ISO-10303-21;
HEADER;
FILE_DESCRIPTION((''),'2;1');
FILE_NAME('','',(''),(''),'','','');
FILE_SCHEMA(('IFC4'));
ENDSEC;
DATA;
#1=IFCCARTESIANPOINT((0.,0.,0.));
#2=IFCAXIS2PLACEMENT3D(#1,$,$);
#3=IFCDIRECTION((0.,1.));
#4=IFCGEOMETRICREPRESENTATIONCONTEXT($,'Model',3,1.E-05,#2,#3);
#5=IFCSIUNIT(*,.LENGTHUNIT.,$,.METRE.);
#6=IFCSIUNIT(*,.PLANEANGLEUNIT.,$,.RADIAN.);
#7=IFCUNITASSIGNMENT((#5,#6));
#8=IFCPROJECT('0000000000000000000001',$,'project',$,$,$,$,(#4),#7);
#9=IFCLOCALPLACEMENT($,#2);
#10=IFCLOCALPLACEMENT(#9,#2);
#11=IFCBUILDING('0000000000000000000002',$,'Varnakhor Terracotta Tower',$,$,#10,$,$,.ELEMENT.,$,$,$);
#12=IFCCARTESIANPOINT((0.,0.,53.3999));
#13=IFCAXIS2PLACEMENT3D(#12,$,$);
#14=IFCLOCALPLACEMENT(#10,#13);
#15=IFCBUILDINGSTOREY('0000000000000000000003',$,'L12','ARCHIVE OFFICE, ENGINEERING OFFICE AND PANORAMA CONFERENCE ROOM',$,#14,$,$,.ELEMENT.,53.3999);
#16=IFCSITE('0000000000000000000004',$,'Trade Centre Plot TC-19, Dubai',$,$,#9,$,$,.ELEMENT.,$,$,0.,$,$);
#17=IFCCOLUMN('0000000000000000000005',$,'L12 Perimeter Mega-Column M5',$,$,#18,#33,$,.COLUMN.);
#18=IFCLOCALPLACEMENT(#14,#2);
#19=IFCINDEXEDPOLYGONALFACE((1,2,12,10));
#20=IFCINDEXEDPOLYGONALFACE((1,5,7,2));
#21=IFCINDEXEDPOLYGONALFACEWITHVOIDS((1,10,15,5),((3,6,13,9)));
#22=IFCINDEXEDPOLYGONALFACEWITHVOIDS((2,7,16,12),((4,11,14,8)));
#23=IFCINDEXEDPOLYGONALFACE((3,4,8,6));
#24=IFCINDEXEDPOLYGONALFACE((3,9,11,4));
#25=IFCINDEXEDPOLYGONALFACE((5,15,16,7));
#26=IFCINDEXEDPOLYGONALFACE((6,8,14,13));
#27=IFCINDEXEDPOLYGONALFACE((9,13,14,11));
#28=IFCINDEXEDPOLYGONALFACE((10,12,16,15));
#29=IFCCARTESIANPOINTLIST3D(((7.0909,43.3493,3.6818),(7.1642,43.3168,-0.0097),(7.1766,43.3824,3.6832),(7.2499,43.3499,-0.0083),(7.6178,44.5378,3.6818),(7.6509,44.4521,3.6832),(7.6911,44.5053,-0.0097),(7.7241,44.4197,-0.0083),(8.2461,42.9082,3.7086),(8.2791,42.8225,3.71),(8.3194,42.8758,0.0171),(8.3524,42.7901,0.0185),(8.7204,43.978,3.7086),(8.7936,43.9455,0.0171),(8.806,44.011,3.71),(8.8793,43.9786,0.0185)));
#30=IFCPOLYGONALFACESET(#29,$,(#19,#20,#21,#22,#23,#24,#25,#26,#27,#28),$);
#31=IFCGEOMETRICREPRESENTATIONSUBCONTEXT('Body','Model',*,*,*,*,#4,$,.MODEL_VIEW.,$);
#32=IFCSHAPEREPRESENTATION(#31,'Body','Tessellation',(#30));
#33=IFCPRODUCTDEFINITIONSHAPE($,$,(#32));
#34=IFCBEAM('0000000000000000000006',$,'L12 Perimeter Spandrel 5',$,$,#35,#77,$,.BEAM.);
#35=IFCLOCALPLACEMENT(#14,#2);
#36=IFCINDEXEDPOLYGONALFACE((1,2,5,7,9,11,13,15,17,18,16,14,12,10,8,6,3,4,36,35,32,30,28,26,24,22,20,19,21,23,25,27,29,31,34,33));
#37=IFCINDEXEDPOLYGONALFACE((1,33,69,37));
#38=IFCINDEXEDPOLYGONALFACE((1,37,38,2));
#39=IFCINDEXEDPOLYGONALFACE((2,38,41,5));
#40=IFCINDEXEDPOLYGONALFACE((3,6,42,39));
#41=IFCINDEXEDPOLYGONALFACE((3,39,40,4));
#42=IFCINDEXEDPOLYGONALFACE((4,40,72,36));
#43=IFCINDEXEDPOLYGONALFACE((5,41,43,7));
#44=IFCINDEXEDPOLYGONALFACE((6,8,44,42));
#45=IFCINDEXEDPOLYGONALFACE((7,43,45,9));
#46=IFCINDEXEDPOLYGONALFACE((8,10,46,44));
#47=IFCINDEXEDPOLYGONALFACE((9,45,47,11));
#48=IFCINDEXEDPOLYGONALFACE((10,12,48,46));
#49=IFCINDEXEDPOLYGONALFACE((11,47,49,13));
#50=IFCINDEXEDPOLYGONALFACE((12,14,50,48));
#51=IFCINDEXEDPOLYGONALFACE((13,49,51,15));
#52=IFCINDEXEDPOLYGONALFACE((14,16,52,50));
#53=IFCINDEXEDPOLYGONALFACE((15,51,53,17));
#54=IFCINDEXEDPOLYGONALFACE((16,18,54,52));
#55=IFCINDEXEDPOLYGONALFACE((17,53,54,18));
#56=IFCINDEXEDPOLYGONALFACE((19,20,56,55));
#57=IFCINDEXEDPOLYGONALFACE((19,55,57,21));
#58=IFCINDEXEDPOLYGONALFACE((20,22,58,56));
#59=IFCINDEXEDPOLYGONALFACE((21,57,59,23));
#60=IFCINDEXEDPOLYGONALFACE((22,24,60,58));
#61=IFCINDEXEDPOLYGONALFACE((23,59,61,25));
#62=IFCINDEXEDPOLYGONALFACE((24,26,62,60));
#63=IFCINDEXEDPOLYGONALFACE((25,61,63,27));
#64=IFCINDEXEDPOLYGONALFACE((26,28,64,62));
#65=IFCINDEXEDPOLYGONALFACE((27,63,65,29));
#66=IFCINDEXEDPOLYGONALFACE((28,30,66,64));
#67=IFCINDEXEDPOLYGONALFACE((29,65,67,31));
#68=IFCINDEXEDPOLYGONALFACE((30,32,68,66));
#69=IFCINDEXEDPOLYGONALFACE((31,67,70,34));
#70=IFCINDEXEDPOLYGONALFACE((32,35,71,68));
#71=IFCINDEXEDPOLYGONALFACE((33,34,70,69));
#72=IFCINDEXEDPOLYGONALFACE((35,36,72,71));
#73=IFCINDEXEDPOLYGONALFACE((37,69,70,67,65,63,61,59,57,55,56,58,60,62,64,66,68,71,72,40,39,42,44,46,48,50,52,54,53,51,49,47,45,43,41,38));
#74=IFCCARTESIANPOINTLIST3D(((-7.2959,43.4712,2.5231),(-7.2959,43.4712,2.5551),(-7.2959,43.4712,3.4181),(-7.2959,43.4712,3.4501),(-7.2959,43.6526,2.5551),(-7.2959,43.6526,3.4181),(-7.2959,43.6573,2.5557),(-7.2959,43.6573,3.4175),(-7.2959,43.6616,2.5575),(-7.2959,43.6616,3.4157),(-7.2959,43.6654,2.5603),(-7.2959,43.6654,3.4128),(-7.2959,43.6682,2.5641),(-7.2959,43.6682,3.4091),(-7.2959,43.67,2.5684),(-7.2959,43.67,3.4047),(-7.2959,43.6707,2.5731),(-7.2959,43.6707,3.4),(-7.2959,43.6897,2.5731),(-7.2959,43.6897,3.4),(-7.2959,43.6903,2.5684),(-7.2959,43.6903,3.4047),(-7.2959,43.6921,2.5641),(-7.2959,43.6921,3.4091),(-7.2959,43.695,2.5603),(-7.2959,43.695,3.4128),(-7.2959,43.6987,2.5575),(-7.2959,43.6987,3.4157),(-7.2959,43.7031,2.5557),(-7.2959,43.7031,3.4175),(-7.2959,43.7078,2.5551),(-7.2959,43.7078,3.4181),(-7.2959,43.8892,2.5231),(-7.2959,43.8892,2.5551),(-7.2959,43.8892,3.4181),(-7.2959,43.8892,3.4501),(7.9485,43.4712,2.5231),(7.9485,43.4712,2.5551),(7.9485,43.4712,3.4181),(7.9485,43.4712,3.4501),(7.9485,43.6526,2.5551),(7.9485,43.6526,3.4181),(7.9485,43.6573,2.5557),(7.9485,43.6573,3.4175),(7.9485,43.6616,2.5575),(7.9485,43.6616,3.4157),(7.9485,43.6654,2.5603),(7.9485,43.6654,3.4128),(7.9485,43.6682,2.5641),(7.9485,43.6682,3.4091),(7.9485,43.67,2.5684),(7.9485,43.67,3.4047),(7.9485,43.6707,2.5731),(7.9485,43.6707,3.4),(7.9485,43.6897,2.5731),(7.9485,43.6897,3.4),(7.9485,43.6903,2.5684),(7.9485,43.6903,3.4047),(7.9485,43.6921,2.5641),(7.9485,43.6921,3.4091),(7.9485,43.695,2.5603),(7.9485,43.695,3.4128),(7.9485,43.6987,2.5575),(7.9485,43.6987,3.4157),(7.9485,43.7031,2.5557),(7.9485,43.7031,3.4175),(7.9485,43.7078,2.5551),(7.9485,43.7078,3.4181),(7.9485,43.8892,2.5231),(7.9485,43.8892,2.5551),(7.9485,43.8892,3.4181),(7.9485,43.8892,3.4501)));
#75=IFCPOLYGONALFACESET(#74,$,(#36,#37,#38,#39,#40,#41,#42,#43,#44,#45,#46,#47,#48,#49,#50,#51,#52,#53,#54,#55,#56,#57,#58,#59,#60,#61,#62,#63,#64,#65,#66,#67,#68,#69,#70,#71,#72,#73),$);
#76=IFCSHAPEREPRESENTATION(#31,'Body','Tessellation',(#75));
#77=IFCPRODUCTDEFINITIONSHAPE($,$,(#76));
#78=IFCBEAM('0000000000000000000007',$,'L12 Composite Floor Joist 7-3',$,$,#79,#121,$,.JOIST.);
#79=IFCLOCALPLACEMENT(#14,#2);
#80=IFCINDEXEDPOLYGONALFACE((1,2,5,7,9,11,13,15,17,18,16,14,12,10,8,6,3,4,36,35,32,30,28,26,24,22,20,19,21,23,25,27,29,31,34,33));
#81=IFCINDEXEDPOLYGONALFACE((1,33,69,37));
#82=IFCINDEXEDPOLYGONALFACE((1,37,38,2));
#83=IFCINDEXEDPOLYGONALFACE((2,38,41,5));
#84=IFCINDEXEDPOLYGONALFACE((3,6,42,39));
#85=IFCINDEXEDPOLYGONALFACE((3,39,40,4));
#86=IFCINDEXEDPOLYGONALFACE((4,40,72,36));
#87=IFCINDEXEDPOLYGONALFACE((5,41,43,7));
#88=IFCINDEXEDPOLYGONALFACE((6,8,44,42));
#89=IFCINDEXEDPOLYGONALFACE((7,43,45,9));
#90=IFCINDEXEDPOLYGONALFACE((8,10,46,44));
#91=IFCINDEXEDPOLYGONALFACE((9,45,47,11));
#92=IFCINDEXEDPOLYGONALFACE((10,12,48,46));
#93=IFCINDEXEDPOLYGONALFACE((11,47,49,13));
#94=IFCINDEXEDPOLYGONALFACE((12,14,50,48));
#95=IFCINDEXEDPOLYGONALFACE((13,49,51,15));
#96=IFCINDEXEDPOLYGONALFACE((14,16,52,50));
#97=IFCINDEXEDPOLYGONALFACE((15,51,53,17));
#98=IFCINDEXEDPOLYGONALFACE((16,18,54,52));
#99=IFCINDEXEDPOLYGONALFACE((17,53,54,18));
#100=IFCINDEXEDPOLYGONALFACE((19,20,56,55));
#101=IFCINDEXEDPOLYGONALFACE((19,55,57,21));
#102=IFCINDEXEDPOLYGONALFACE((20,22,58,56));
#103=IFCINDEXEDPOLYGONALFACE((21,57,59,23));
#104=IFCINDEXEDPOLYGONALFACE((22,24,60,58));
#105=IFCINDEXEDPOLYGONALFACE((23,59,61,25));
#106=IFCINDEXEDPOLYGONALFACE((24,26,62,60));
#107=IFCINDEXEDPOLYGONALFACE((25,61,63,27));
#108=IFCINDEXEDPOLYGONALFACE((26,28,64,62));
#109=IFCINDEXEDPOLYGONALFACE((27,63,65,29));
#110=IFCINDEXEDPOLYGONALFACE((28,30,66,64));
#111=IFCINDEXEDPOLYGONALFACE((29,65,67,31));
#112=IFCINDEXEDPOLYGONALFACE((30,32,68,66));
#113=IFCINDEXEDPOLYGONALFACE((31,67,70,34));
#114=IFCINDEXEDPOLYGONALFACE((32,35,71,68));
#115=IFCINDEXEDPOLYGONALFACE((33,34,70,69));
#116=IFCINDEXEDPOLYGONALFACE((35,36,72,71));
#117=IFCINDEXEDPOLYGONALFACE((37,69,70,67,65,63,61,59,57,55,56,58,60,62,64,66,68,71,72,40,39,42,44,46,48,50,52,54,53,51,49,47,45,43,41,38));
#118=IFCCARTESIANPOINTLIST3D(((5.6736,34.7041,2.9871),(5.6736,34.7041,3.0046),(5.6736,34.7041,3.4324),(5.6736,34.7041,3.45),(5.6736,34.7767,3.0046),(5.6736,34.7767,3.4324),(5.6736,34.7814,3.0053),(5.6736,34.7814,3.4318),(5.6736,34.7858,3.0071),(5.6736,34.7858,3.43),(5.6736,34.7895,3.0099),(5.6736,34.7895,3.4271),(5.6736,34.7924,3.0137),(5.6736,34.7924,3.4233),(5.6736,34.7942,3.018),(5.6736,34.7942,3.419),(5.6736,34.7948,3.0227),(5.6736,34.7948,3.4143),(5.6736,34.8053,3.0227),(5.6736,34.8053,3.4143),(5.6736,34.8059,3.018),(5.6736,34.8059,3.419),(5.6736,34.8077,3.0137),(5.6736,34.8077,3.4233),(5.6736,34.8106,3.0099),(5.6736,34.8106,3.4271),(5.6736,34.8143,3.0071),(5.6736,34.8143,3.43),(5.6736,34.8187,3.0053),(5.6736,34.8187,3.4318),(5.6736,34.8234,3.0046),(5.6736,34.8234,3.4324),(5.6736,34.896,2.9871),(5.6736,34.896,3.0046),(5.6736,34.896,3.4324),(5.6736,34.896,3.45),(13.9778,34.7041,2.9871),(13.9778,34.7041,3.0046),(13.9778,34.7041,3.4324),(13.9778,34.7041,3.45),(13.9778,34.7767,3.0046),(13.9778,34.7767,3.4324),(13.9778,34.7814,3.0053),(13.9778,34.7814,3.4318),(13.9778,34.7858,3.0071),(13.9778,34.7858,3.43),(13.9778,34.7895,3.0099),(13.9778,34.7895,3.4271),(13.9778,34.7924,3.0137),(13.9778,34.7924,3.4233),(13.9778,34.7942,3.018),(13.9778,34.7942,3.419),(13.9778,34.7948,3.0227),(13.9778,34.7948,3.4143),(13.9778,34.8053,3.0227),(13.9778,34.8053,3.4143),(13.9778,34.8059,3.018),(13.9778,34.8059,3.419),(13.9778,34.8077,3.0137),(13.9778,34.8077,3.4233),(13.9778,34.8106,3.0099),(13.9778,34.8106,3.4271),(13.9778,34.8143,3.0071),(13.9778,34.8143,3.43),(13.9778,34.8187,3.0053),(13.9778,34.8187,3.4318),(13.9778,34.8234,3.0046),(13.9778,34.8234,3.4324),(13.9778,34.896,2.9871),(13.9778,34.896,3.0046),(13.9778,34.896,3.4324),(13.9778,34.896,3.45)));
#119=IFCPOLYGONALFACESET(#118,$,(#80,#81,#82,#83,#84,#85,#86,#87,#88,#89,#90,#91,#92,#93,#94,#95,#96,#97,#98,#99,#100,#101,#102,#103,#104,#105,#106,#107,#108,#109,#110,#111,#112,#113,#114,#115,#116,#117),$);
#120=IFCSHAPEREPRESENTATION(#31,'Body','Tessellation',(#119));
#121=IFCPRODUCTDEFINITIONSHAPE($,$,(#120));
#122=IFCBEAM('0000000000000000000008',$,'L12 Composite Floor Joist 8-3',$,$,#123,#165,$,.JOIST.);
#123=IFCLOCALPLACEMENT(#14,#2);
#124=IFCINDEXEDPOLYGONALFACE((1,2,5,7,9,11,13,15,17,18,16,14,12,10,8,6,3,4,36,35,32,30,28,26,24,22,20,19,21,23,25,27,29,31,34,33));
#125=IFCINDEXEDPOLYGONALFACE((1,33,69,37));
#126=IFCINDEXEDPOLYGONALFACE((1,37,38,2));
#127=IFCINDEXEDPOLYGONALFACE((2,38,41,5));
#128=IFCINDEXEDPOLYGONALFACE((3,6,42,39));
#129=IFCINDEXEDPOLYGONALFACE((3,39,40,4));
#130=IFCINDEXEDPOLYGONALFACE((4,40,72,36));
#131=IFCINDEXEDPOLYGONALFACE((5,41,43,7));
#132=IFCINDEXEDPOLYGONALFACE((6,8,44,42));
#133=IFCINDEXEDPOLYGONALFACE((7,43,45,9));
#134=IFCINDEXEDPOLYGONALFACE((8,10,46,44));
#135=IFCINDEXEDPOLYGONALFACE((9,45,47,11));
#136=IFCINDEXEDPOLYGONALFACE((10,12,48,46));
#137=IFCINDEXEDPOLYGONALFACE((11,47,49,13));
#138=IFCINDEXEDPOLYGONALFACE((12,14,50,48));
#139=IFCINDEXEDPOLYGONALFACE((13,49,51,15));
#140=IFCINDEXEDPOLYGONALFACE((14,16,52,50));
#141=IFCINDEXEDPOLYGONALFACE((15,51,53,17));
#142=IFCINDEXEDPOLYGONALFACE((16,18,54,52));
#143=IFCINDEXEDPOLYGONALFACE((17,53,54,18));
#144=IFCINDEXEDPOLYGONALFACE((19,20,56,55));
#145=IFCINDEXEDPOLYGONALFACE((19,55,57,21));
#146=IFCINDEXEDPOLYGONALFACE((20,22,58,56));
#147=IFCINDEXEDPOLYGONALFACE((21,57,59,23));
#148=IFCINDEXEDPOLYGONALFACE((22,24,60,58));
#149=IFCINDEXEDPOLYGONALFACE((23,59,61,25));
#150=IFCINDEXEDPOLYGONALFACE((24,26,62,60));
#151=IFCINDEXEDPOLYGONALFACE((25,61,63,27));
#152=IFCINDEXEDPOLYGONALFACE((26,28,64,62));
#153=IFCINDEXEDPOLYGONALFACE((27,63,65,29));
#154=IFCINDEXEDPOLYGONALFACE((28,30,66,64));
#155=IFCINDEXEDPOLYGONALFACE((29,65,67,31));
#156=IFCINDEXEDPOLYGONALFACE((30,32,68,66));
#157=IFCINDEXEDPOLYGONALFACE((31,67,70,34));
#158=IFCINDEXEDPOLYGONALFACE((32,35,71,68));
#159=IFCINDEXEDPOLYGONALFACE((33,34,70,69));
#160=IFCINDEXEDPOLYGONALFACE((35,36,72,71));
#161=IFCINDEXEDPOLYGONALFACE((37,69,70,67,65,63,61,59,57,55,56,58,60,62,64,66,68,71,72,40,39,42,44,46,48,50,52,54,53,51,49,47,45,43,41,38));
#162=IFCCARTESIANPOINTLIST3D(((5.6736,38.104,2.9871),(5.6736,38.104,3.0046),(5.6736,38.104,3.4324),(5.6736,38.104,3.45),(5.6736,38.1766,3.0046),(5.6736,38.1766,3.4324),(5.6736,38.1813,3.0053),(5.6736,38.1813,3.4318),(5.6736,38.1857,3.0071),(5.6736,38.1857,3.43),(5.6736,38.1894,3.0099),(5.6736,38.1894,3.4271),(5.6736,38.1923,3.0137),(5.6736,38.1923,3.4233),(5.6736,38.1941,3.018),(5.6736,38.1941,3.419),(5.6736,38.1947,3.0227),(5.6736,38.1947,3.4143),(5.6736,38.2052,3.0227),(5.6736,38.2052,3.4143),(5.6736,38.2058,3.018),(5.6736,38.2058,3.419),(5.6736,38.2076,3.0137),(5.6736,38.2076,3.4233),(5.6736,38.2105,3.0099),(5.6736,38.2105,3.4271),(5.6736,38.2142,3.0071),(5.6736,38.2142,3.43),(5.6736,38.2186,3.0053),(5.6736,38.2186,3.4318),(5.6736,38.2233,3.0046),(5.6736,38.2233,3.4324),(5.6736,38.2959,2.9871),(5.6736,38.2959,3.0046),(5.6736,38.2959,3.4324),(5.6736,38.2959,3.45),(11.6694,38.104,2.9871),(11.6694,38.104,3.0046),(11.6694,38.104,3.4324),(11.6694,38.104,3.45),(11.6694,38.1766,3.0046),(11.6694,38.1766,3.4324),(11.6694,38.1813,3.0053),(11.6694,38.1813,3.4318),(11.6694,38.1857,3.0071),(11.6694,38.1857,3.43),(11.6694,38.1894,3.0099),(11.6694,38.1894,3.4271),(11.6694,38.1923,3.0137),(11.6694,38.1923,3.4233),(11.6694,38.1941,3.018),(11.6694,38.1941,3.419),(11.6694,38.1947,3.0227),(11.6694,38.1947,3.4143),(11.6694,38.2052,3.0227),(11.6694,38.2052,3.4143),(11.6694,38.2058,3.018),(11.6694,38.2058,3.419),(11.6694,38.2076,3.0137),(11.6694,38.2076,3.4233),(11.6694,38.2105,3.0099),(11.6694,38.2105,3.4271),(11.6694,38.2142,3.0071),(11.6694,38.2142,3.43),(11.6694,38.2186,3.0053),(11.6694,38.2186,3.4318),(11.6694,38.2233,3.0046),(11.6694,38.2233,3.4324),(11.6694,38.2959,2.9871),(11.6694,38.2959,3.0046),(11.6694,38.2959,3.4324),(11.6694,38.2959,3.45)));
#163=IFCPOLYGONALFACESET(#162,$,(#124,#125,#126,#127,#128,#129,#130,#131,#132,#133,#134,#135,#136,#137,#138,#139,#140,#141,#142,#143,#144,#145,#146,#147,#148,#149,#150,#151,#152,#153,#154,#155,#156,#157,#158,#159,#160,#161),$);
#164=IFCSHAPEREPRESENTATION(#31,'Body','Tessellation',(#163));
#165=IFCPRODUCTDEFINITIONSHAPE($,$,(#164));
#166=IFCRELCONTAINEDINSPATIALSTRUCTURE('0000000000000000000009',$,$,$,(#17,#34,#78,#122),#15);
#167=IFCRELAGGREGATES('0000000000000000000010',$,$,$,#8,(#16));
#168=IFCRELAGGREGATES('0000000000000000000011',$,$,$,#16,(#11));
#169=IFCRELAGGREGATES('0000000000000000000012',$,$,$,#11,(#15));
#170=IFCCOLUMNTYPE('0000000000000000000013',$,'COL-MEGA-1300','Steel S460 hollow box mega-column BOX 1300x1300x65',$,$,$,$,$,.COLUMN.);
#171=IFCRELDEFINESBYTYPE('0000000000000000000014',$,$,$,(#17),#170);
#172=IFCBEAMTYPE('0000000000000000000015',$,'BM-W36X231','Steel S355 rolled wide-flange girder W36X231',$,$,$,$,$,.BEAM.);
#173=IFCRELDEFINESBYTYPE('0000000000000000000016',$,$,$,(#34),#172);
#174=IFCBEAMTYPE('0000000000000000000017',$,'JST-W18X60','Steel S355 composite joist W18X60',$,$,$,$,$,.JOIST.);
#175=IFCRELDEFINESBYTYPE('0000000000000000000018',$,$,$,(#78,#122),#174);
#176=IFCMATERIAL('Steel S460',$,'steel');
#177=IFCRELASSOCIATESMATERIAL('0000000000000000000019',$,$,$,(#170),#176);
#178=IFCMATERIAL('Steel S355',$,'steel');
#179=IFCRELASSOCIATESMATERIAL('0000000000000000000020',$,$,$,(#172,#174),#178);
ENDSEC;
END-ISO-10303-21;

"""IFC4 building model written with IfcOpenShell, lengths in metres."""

from ifc_helpers import new_model, si_unit, direction, frame, origin, origin_2d, place, context, subcontext, project, spatial, hollow_rectangle, i_section, extrude, source, transform, mapped, material, material_profile, profile_set, type_object, element, save


model = new_model("IFC4")

# Units and contexts
model_context = context("Model", 3, precision=1e-05, world=origin(), true_north=direction((0.0, 1.0)))
body_context = subcontext(model_context, "Body", "Model", "MODEL_VIEW")
ifc_project = project(units=[si_unit("LENGTHUNIT", "METRE"), si_unit("PLANEANGLEUNIT", "RADIAN")], contexts=[model_context])

# Site, building, storey
site_placement = place(None, origin())
site = spatial("IfcSite", under=ifc_project, at=site_placement, Name="Trade Centre Plot TC-19, Dubai", CompositionType="ELEMENT", RefElevation=0.0)
building_placement = place(site_placement, origin())
building = spatial("IfcBuilding", under=site, at=building_placement, Name="Varnakhor Terracotta Tower", CompositionType="ELEMENT")
storey_placement = place(building_placement, frame((0.0, 0.0, 53.3999)))
storey = spatial("IfcBuildingStorey", under=building, at=storey_placement, Name="L12", Description="ARCHIVE OFFICE, ENGINEERING OFFICE AND PANORAMA CONFERENCE ROOM", CompositionType="ELEMENT", Elevation=53.3999)

# Column
ifc_material_1 = material(Name="Steel S460", Category="steel")
ifc_material_profile_1 = material_profile(ifc_material_1, hollow_rectangle(XDim=1.3, YDim=1.3, WallThickness=0.0649, at=origin_2d()), Name="BOX 1300x1300x65")
ifc_profile_set_1 = profile_set([ifc_material_profile_1], Name="Steel S460")
column_type = type_object("IfcColumnType", Name="COL-MEGA-1300", Description="Steel S460 hollow box mega-column BOX 1300x1300x65", PredefinedType="COLUMN", material=ifc_profile_set_1)
shared_shape_1 = source(origin(), body_context, "Body", "SweptSolid", [
    extrude(hollow_rectangle(XDim=1.3, YDim=1.3, WallThickness=0.0649, at=origin_2d()), origin(), (0.0, 0.0, 1.0), 3.6924),
])
column_placement = place(storey_placement, frame((8.0217, 43.6477, 0.0044), z_axis=(-0.019837, 0.008794, 0.999765), x_axis=(-0.40529, -0.914188, 0.0)))
element("IfcColumn", 1, at=column_placement, inside=storey, type_object=column_type, Name="L12 Perimeter Mega-Column M5", PredefinedType="COLUMN", context=body_context, shape_type="MappedRepresentation", body=[
    mapped(shared_shape_1, transform((0.0, 0.0, 0.0), scale=1.0)),
])

# Beams
ifc_material_2 = material(Name="Steel S355", Category="steel")
ifc_material_profile_2 = material_profile(ifc_material_2, i_section(OverallWidth=0.418, OverallDepth=0.927, WebThickness=0.019, FlangeThickness=0.032, FilletRadius=0.0181, at=origin_2d()), Name="W36X231")
ifc_profile_set_2 = profile_set([ifc_material_profile_2], Name="Steel S355")
beam_type_1 = type_object("IfcBeamType", Name="BM-W36X231", Description="Steel S355 rolled wide-flange girder W36X231", PredefinedType="BEAM", material=ifc_profile_set_2)
shared_shape_2 = source(origin(), body_context, "Body", "SweptSolid", [
    extrude(i_section(OverallWidth=0.418, OverallDepth=0.927, WebThickness=0.019, FlangeThickness=0.032, FilletRadius=0.0181, at=origin_2d()), origin(), (0.0, 0.0, 1.0), 15.2444),
])
beam_1_placement = place(storey_placement, frame((7.9485, 43.6802, 2.9866), z_axis=(-1.0, 0.0, 0.0), x_axis=(0.0, -1.0, 0.0)))
element("IfcBeam", 2, at=beam_1_placement, inside=storey, type_object=beam_type_1, Name="L12 Perimeter Spandrel 5", PredefinedType="BEAM", context=body_context, shape_type="MappedRepresentation", body=[
    mapped(shared_shape_2, transform((0.0, 0.0, 0.0), scale=1.0)),
])
ifc_material_profile_3 = material_profile(ifc_material_2, i_section(OverallWidth=0.1919, OverallDepth=0.4629, WebThickness=0.0105, FlangeThickness=0.0176, FilletRadius=0.0181, at=origin_2d()), Name="W18X60")
ifc_profile_set_3 = profile_set([ifc_material_profile_3], Name="Steel S355")
beam_type_2 = type_object("IfcBeamType", Name="JST-W18X60", Description="Steel S355 composite joist W18X60", PredefinedType="JOIST", material=ifc_profile_set_3)
shared_shape_3 = source(origin(), body_context, "Body", "SweptSolid", [
    extrude(i_section(OverallWidth=0.1919, OverallDepth=0.4629, WebThickness=0.0105, FlangeThickness=0.0176, FilletRadius=0.0181, at=origin_2d()), origin(), (0.0, 0.0, 1.0), 8.3042),
])
beam_2_placement = place(storey_placement, frame((5.6736, 34.8, 3.2185), z_axis=(1.0, 0.0, 0.0), x_axis=(0.0, 1.0, 0.0)))
element("IfcBeam", 3, at=beam_2_placement, inside=storey, type_object=beam_type_2, Name="L12 Composite Floor Joist 7-3", PredefinedType="JOIST", context=body_context, shape_type="MappedRepresentation", body=[
    mapped(shared_shape_3, transform((0.0, 0.0, 0.0), scale=1.0)),
])
shared_shape_4 = source(origin(), body_context, "Body", "SweptSolid", [
    extrude(i_section(OverallWidth=0.1919, OverallDepth=0.4629, WebThickness=0.0105, FlangeThickness=0.0176, FilletRadius=0.0181, at=origin_2d()), origin(), (0.0, 0.0, 1.0), 5.9958),
])
beam_3_placement = place(storey_placement, frame((5.6736, 38.2, 3.2185), z_axis=(1.0, 0.0, 0.0), x_axis=(0.0, 1.0, 0.0)))
element("IfcBeam", 4, at=beam_3_placement, inside=storey, type_object=beam_type_2, Name="L12 Composite Floor Joist 8-3", PredefinedType="JOIST", context=body_context, shape_type="MappedRepresentation", body=[
    mapped(shared_shape_4, transform((0.0, 0.0, 0.0), scale=1.0)),
])

save(model, "model.ifc")
